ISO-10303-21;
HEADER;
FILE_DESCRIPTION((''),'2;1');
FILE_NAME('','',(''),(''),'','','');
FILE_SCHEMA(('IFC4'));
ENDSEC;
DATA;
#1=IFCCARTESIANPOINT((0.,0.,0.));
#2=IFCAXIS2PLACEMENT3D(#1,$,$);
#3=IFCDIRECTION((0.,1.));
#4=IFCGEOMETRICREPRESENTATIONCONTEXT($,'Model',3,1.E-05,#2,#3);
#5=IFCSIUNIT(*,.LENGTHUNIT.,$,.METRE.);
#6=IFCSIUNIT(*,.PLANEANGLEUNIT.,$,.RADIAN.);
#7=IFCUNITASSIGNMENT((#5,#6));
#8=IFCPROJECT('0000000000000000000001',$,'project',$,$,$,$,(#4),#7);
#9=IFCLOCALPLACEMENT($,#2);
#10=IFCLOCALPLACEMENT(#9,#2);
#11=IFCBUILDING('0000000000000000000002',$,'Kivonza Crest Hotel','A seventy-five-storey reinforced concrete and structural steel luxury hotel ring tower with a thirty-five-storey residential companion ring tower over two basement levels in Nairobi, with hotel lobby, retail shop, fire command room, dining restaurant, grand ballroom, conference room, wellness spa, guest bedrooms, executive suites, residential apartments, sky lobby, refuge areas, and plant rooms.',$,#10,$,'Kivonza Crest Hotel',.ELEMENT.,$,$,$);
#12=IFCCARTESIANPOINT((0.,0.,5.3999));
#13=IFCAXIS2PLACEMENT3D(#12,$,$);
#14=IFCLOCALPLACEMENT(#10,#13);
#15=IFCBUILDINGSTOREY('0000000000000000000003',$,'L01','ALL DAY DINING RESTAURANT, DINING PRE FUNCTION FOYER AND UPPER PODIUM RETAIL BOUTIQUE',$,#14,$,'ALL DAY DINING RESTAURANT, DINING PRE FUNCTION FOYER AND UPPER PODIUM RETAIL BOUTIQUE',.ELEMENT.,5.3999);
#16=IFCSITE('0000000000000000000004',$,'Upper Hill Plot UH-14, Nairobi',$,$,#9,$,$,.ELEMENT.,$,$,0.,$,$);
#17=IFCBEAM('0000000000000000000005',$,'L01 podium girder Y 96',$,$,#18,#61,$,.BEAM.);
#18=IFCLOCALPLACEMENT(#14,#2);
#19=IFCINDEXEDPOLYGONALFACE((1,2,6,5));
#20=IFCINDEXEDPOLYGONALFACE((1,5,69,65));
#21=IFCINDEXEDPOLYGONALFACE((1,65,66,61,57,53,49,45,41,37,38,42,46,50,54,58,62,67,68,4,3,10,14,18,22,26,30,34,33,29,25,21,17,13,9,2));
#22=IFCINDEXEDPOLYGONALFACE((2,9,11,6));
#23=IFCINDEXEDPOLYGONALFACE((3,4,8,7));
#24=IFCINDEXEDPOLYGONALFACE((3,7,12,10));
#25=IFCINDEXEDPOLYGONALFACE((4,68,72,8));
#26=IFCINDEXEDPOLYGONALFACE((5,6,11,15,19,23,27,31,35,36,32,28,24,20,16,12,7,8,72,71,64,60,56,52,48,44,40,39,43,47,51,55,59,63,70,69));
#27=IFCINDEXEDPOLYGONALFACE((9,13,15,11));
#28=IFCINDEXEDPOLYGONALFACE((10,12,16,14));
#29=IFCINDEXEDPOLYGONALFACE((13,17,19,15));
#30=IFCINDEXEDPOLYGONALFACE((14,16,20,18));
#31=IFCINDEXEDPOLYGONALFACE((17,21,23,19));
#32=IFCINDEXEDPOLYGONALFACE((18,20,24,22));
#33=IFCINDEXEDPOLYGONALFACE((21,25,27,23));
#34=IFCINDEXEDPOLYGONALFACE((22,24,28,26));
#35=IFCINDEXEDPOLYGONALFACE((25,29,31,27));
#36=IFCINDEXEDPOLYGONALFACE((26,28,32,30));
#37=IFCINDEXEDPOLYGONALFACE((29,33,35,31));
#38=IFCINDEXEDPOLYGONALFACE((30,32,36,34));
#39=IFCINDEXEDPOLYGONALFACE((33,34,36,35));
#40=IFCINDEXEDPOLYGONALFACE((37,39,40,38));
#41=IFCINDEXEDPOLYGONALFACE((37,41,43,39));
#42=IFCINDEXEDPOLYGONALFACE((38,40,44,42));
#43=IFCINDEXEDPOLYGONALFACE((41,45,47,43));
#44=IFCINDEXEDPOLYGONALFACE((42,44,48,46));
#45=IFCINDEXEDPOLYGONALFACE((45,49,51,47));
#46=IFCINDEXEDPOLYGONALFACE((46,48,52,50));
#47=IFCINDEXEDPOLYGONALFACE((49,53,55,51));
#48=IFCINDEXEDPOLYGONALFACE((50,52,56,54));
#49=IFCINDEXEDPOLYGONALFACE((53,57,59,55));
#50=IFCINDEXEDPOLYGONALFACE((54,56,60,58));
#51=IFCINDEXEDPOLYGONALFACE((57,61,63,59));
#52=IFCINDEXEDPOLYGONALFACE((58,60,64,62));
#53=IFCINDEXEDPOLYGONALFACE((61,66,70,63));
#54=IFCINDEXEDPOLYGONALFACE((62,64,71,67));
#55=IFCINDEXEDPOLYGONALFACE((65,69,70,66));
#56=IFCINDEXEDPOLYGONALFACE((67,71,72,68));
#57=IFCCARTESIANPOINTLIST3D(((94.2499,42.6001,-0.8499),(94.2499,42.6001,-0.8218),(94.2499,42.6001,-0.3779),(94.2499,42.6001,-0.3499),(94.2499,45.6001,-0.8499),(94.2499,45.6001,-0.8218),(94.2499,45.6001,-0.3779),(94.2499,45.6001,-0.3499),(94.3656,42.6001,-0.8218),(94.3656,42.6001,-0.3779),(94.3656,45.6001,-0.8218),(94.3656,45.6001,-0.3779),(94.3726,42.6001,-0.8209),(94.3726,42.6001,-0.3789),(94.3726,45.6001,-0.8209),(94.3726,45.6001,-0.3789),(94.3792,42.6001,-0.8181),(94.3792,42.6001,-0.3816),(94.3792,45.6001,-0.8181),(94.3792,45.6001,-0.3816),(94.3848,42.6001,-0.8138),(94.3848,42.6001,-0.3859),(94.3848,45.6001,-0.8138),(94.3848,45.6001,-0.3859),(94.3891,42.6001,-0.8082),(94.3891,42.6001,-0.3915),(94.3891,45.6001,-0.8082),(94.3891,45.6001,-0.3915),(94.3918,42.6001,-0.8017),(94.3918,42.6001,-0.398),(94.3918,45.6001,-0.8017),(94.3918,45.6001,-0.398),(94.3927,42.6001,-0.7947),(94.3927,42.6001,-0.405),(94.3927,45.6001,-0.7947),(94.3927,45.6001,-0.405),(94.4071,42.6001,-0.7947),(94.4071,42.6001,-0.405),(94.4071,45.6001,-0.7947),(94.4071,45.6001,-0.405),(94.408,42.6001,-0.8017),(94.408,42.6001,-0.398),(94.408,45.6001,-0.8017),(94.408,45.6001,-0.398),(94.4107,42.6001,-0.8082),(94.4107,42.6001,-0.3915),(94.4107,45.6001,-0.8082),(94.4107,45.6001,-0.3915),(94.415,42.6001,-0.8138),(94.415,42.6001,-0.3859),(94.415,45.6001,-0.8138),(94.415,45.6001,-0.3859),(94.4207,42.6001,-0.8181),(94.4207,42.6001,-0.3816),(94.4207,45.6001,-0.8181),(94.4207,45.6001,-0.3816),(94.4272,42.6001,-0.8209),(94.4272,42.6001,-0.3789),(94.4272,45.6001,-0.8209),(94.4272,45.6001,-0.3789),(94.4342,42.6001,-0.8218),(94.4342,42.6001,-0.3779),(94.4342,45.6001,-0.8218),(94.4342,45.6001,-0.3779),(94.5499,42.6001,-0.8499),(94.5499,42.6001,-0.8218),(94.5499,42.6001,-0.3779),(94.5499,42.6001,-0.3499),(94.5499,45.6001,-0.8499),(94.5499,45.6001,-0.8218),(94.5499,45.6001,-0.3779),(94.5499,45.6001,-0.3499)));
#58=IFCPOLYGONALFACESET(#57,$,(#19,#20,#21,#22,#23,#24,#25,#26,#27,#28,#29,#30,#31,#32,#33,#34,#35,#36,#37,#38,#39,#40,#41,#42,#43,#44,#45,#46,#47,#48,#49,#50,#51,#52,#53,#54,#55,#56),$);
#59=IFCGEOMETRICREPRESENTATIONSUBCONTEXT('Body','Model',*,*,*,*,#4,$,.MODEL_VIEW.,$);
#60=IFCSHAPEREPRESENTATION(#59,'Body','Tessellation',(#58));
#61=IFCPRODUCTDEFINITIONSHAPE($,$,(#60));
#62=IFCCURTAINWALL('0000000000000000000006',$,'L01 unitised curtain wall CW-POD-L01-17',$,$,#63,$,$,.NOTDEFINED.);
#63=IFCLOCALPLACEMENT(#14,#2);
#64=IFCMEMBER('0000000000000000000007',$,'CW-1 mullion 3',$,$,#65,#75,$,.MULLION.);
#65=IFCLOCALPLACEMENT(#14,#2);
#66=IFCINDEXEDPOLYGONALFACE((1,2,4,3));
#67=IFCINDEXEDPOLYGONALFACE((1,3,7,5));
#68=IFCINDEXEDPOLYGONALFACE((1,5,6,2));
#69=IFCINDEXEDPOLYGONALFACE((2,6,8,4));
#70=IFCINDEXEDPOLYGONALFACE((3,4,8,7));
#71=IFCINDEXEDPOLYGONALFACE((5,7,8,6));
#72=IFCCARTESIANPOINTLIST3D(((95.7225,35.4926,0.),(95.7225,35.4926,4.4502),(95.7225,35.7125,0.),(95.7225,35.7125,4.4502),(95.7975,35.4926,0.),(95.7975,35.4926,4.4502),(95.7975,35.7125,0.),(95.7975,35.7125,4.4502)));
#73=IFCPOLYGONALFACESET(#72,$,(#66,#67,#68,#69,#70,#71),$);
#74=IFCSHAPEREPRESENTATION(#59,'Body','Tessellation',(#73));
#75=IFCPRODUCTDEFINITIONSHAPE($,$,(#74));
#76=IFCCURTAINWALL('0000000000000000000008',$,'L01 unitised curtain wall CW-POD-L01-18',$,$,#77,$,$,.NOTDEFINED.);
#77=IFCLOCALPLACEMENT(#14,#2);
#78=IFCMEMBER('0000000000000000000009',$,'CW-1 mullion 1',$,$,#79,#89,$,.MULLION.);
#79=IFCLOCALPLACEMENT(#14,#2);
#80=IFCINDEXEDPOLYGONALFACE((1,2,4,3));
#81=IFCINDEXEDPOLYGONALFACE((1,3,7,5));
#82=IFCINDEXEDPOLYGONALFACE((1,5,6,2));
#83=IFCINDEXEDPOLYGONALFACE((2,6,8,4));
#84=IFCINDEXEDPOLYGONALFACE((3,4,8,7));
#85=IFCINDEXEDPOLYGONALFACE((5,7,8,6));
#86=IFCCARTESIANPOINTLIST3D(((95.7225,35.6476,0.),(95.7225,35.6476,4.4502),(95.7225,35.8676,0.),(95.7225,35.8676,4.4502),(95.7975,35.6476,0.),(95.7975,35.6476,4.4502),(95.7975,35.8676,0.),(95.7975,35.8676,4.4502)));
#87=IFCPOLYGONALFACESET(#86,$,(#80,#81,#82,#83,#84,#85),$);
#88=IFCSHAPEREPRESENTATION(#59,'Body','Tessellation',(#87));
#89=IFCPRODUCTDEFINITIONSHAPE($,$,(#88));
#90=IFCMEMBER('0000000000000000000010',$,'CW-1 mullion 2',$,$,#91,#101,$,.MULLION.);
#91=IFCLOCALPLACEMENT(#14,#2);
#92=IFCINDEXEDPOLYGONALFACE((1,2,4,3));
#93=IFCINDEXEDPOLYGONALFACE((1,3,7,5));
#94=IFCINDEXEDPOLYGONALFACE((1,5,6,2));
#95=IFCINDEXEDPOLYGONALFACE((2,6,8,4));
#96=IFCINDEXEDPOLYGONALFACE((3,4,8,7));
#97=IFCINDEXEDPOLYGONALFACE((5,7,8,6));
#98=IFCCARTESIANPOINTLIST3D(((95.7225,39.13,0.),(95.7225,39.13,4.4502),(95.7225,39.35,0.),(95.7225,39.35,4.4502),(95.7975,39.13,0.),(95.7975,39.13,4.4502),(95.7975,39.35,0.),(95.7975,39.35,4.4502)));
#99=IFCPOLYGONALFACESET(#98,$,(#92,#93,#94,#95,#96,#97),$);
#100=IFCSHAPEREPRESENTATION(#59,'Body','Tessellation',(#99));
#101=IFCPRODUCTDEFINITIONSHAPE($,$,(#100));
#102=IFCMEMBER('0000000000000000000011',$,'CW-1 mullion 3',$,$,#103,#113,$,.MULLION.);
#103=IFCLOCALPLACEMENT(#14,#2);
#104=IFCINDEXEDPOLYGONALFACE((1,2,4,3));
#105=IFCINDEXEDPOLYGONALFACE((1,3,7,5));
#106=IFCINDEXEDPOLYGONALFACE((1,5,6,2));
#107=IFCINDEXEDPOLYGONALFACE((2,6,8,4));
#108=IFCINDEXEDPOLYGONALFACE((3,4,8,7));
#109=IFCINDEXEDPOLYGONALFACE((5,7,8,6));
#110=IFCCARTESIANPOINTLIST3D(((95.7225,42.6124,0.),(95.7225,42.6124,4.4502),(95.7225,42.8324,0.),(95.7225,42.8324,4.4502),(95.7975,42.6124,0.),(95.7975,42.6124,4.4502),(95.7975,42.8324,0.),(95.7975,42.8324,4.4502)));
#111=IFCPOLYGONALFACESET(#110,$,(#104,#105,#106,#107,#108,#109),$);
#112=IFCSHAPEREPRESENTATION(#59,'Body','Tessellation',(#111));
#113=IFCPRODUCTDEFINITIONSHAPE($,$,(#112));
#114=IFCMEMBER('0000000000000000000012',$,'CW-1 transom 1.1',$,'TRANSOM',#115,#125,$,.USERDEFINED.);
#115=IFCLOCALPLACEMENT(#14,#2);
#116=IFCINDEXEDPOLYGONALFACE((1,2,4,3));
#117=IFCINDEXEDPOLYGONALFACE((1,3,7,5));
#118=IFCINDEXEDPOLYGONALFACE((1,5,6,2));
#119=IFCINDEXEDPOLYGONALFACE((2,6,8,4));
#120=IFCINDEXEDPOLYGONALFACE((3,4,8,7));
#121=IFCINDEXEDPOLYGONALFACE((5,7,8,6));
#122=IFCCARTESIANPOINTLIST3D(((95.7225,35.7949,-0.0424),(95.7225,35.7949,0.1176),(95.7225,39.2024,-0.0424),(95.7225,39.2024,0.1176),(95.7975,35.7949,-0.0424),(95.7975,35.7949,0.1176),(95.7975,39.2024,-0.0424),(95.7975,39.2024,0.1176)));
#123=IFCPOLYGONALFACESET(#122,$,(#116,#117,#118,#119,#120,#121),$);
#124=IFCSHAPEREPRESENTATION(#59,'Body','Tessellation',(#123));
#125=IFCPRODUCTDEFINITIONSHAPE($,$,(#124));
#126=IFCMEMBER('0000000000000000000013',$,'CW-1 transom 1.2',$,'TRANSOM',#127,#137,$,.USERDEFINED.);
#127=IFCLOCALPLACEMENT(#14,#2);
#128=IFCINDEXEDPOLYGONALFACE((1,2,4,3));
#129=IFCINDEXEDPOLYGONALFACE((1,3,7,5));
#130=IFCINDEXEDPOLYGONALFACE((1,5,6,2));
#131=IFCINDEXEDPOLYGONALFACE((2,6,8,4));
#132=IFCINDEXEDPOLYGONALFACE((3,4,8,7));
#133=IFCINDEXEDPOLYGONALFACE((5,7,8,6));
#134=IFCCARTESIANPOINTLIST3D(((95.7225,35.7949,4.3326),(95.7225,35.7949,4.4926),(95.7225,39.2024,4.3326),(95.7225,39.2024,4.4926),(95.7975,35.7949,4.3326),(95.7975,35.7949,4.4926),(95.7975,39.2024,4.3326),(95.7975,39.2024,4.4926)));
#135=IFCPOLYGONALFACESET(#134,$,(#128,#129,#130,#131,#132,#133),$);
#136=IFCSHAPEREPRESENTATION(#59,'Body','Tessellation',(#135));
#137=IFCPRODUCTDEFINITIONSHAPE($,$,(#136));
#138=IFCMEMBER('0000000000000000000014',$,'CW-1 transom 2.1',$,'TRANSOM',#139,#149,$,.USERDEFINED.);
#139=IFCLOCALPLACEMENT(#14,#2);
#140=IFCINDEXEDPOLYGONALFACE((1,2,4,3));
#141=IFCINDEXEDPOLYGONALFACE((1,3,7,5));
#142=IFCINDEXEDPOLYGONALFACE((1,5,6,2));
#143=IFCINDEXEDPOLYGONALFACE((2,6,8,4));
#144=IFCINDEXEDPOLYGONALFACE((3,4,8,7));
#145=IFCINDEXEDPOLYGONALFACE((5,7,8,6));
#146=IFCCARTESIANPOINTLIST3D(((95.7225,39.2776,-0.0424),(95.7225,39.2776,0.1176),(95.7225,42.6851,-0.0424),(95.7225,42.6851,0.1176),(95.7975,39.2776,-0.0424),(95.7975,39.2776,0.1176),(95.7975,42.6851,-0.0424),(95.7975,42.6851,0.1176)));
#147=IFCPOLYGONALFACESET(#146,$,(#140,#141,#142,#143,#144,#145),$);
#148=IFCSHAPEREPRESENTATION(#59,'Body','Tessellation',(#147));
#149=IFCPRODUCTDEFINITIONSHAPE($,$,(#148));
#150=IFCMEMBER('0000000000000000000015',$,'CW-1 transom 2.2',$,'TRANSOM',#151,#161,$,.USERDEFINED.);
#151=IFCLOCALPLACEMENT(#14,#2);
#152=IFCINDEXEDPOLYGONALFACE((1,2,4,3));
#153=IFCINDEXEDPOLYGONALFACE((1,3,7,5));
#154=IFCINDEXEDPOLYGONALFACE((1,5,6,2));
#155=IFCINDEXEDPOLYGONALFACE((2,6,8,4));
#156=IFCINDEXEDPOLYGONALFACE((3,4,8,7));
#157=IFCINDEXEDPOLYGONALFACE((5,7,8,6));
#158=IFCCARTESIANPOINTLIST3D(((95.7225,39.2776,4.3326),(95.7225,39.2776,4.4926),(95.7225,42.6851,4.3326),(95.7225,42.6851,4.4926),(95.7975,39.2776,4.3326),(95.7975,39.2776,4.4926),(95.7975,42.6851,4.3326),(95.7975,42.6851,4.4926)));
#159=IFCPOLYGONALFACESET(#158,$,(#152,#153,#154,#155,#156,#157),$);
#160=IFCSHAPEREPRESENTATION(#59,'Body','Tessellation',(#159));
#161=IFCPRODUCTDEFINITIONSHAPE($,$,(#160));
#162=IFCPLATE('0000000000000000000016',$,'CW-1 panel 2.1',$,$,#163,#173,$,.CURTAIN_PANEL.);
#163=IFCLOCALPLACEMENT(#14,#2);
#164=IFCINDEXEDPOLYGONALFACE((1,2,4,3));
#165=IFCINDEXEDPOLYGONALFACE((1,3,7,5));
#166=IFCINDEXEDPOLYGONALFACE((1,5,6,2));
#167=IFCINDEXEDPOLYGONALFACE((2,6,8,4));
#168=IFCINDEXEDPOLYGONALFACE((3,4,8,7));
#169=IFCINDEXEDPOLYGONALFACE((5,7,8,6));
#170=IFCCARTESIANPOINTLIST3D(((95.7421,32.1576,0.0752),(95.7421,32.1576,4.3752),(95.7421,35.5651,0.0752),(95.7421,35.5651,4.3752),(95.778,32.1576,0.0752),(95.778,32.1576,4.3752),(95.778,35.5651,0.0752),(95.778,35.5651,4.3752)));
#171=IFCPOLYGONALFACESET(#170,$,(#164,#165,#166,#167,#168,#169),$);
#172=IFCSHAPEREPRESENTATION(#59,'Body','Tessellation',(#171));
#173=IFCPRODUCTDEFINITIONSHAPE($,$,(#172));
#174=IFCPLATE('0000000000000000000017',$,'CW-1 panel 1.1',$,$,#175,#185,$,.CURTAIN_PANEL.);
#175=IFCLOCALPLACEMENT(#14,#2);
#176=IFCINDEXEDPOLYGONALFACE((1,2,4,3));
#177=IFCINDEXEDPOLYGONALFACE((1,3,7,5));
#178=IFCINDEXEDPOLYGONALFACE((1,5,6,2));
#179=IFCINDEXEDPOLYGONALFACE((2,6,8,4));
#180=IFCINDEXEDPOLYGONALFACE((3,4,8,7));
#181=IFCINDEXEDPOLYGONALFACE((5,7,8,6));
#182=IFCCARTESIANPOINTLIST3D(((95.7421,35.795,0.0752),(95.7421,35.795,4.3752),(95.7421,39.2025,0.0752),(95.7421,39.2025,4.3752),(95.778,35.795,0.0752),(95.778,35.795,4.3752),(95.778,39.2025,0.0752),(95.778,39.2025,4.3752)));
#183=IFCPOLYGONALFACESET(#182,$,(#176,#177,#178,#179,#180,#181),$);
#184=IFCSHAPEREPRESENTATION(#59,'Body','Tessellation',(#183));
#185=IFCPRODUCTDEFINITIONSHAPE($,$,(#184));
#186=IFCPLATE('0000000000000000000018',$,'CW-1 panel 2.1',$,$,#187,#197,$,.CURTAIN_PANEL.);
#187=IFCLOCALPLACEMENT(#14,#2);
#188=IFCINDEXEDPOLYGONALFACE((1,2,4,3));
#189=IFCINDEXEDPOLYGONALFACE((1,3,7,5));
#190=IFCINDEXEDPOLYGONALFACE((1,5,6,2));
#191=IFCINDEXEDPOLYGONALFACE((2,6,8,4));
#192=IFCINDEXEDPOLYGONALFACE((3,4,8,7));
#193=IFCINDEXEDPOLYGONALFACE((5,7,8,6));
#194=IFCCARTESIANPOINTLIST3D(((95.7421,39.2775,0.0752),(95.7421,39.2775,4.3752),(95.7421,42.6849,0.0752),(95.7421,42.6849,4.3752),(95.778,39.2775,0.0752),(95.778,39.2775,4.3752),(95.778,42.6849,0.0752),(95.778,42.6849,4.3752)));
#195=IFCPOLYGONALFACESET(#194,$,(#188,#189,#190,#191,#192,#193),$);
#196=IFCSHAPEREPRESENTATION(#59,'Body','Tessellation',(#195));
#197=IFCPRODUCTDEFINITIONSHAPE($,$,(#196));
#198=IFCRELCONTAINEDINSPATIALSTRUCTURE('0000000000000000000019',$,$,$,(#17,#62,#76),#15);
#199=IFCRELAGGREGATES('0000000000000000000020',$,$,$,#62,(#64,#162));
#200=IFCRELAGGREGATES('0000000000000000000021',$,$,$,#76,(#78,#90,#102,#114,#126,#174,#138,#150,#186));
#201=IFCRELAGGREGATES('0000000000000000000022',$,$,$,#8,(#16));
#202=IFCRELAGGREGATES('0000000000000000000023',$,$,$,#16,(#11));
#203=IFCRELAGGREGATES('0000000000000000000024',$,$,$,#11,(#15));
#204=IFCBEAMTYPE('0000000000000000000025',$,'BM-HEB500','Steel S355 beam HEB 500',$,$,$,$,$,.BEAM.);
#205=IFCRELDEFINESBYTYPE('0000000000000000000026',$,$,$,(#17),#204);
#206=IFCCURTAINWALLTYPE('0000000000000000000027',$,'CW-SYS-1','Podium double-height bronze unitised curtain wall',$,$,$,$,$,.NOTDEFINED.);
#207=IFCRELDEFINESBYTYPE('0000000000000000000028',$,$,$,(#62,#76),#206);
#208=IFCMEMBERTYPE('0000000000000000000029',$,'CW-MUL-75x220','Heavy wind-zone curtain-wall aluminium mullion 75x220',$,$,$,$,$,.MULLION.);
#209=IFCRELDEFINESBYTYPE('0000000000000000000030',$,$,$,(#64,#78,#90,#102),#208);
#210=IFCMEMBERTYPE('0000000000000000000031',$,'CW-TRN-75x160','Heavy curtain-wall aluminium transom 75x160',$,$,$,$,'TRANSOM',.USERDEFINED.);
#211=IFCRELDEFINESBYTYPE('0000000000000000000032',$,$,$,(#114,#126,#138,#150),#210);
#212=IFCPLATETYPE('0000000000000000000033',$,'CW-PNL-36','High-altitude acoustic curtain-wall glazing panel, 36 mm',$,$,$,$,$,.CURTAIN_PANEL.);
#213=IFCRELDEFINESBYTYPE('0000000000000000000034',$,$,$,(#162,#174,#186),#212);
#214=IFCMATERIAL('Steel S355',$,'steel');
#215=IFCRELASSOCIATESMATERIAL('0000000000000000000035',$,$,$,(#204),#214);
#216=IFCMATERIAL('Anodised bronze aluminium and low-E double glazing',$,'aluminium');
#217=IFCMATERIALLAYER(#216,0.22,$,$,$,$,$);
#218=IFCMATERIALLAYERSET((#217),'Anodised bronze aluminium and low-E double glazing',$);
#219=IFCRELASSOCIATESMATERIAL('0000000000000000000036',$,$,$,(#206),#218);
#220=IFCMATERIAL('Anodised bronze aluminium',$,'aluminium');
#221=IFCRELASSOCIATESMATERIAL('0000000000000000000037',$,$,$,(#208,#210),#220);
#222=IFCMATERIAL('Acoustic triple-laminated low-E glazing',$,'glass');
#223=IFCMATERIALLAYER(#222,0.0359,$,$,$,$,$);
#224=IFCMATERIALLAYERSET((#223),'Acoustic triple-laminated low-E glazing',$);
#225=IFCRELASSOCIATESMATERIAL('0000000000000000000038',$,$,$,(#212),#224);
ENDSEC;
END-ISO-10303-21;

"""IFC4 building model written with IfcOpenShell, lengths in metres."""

from ifc_helpers import new_model, si_unit, direction, frame, origin, origin_2d, place, context, subcontext, project, spatial, rectangle, i_section, extrude, material, layer, layer_set, material_profile, profile_set, type_object, element, aggregate, save


model = new_model("IFC4")

# Units and contexts
model_context = context("Model", 3, precision=1e-05, world=origin(), true_north=direction((0.0, 1.0)))
body_context = subcontext(model_context, "Body", "Model", "MODEL_VIEW")
ifc_project = project(units=[si_unit("LENGTHUNIT", "METRE"), si_unit("PLANEANGLEUNIT", "RADIAN")], contexts=[model_context])

# Site, building, storey
site_placement = place(None, origin())
site = spatial("IfcSite", under=ifc_project, at=site_placement, Name="Upper Hill Plot UH-14, Nairobi", CompositionType="ELEMENT", RefElevation=0.0)
building_placement = place(site_placement, origin())
building = spatial("IfcBuilding", under=site, at=building_placement, Name="Kivonza Crest Hotel", Description="A seventy-five-storey reinforced concrete and structural steel luxury hotel ring tower with a thirty-five-storey residential companion ring tower over two basement levels in Nairobi, with hotel lobby, retail shop, fire command room, dining restaurant, grand ballroom, conference room, wellness spa, guest bedrooms, executive suites, residential apartments, sky lobby, refuge areas, and plant rooms.", LongName="Kivonza Crest Hotel", CompositionType="ELEMENT")
storey_placement = place(building_placement, frame((0.0, 0.0, 5.3999)))
storey = spatial("IfcBuildingStorey", under=building, at=storey_placement, Name="L01", Description="ALL DAY DINING RESTAURANT, DINING PRE FUNCTION FOYER AND UPPER PODIUM RETAIL BOUTIQUE", LongName="ALL DAY DINING RESTAURANT, DINING PRE FUNCTION FOYER AND UPPER PODIUM RETAIL BOUTIQUE", CompositionType="ELEMENT", Elevation=5.3999)

# Beam
ifc_material_1 = material(Name="Steel S355", Category="steel")
ifc_material_profile_1 = material_profile(ifc_material_1, i_section(OverallWidth=0.3, OverallDepth=0.5, WebThickness=0.0144, FlangeThickness=0.0281, FilletRadius=0.0271, at=origin_2d()), Name="HEB 500")
ifc_profile_set_1 = profile_set([ifc_material_profile_1], Name="Steel S355")
beam_type_1 = type_object("IfcBeamType", Name="BM-HEB500", Description="Steel S355 beam HEB 500", PredefinedType="BEAM", material=ifc_profile_set_1)
beam_1_placement = place(storey_placement, frame((94.3999, 42.6001, -0.5999), z_axis=(0.0, 1.0, 0.0), x_axis=(-1.0, 0.0, 0.0)))
element("IfcBeam", 1, at=beam_1_placement, inside=storey, type_object=beam_type_1, Name="L01 podium girder Y 96", PredefinedType="BEAM", context=body_context, shape_type="SweptSolid", body=[
    extrude(i_section(OverallWidth=0.3, OverallDepth=0.5, WebThickness=0.0144, FlangeThickness=0.0281, FilletRadius=0.0271, at=origin_2d()), origin(), (0.0, 0.0, 1.0), 3.0),
])

# Curtain wall, member
ifc_material_2 = material(Name="Anodised bronze aluminium and low-E double glazing", Category="aluminium")
ifc_layer_1 = layer(ifc_material_2, 0.22)
ifc_layer_set_1 = layer_set([ifc_layer_1], Name="Anodised bronze aluminium and low-E double glazing")
curtain_wall_type = type_object("IfcCurtainWallType", Name="CW-SYS-1", Description="Podium double-height bronze unitised curtain wall", PredefinedType="NOTDEFINED", material=ifc_layer_set_1)
curtain_wall_1_placement = place(storey_placement, origin())
curtain_wall_1 = element("IfcCurtainWall", 2, at=curtain_wall_1_placement, inside=storey, type_object=curtain_wall_type, Name="L01 unitised curtain wall CW-POD-L01-17", PredefinedType="NOTDEFINED")
ifc_material_3 = material(Name="Anodised bronze aluminium", Category="aluminium")
ifc_material_profile_2 = material_profile(ifc_material_3, rectangle(XDim=0.075, YDim=0.22, at=origin_2d()), Name="CW-M 75x220")
ifc_profile_set_2 = profile_set([ifc_material_profile_2], Name="Anodised bronze aluminium")
member_type_1 = type_object("IfcMemberType", Name="CW-MUL-75x220", Description="Heavy wind-zone curtain-wall aluminium mullion 75x220", PredefinedType="MULLION", material=ifc_profile_set_2)
member_1_placement = place(storey_placement, frame((95.76, 35.6025, 0.0), z_axis=(0.0, 0.0, 1.0), x_axis=(-1.0, 0.0, 0.0)))
member_1 = element("IfcMember", 3, at=member_1_placement, type_object=member_type_1, Name="CW-1 mullion 3", PredefinedType="MULLION", context=body_context, shape_type="SweptSolid", body=[
    extrude(rectangle(XDim=0.075, YDim=0.22, at=origin_2d()), origin(), (0.0, 0.0, 1.0), 4.4502),
])

# Curtain wall, members
curtain_wall_2_placement = place(storey_placement, origin())
curtain_wall_2 = element("IfcCurtainWall", 4, at=curtain_wall_2_placement, inside=storey, type_object=curtain_wall_type, Name="L01 unitised curtain wall CW-POD-L01-18", PredefinedType="NOTDEFINED")
member_2_placement = place(storey_placement, frame((95.76, 35.7576, 0.0), z_axis=(0.0, 0.0, 1.0), x_axis=(-1.0, 0.0, 0.0)))
member_2 = element("IfcMember", 5, at=member_2_placement, type_object=member_type_1, Name="CW-1 mullion 1", PredefinedType="MULLION", context=body_context, shape_type="SweptSolid", body=[
    extrude(rectangle(XDim=0.075, YDim=0.22, at=origin_2d()), origin(), (0.0, 0.0, 1.0), 4.4502),
])
member_3_placement = place(storey_placement, frame((95.76, 39.24, 0.0), z_axis=(0.0, 0.0, 1.0), x_axis=(-1.0, 0.0, 0.0)))
member_3 = element("IfcMember", 6, at=member_3_placement, type_object=member_type_1, Name="CW-1 mullion 2", PredefinedType="MULLION", context=body_context, shape_type="SweptSolid", body=[
    extrude(rectangle(XDim=0.075, YDim=0.22, at=origin_2d()), origin(), (0.0, 0.0, 1.0), 4.4502),
])
member_4_placement = place(storey_placement, frame((95.76, 42.7224, 0.0), z_axis=(0.0, 0.0, 1.0), x_axis=(-1.0, 0.0, 0.0)))
member_4 = element("IfcMember", 7, at=member_4_placement, type_object=member_type_1, Name="CW-1 mullion 3", PredefinedType="MULLION", context=body_context, shape_type="SweptSolid", body=[
    extrude(rectangle(XDim=0.075, YDim=0.22, at=origin_2d()), origin(), (0.0, 0.0, 1.0), 4.4502),
])
ifc_material_profile_3 = material_profile(ifc_material_3, rectangle(XDim=0.075, YDim=0.1599, at=origin_2d()), Name="CW-T 75x160")
ifc_profile_set_3 = profile_set([ifc_material_profile_3], Name="Anodised bronze aluminium")
member_type_2 = type_object("IfcMemberType", Name="CW-TRN-75x160", Description="Heavy curtain-wall aluminium transom 75x160", ElementType="TRANSOM", PredefinedType="USERDEFINED", material=ifc_profile_set_3)
member_5_placement = place(storey_placement, frame((95.76, 35.7949, 0.0376), z_axis=(0.0, 1.0, 0.0), x_axis=(-1.0, 0.0, 0.0)))
member_5 = element("IfcMember", 8, at=member_5_placement, type_object=member_type_2, Name="CW-1 transom 1.1", ObjectType="TRANSOM", PredefinedType="USERDEFINED", context=body_context, shape_type="SweptSolid", body=[
    extrude(rectangle(XDim=0.075, YDim=0.1599, at=origin_2d()), origin(), (0.0, 0.0, 1.0), 3.4075),
])
member_6_placement = place(storey_placement, frame((95.76, 35.7949, 4.4126), z_axis=(0.0, 1.0, 0.0), x_axis=(-1.0, 0.0, 0.0)))
member_6 = element("IfcMember", 9, at=member_6_placement, type_object=member_type_2, Name="CW-1 transom 1.2", ObjectType="TRANSOM", PredefinedType="USERDEFINED", context=body_context, shape_type="SweptSolid", body=[
    extrude(rectangle(XDim=0.075, YDim=0.1599, at=origin_2d()), origin(), (0.0, 0.0, 1.0), 3.4075),
])
member_7_placement = place(storey_placement, frame((95.76, 39.2776, 0.0376), z_axis=(0.0, 1.0, 0.0), x_axis=(-1.0, 0.0, 0.0)))
member_7 = element("IfcMember", 10, at=member_7_placement, type_object=member_type_2, Name="CW-1 transom 2.1", ObjectType="TRANSOM", PredefinedType="USERDEFINED", context=body_context, shape_type="SweptSolid", body=[
    extrude(rectangle(XDim=0.075, YDim=0.1599, at=origin_2d()), origin(), (0.0, 0.0, 1.0), 3.4075),
])
member_8_placement = place(storey_placement, frame((95.76, 39.2776, 4.4126), z_axis=(0.0, 1.0, 0.0), x_axis=(-1.0, 0.0, 0.0)))
member_8 = element("IfcMember", 11, at=member_8_placement, type_object=member_type_2, Name="CW-1 transom 2.2", ObjectType="TRANSOM", PredefinedType="USERDEFINED", context=body_context, shape_type="SweptSolid", body=[
    extrude(rectangle(XDim=0.075, YDim=0.1599, at=origin_2d()), origin(), (0.0, 0.0, 1.0), 3.4075),
])

# Plates
ifc_material_4 = material(Name="Acoustic triple-laminated low-E glazing", Category="glass")
ifc_layer_2 = layer(ifc_material_4, 0.0359)
ifc_layer_set_2 = layer_set([ifc_layer_2], Name="Acoustic triple-laminated low-E glazing")
plate_type = type_object("IfcPlateType", Name="CW-PNL-36", Description="High-altitude acoustic curtain-wall glazing panel, 36 mm", PredefinedType="CURTAIN_PANEL", material=ifc_layer_set_2)
plate_1_placement = place(storey_placement, frame((95.76, 33.8613, 0.0752), z_axis=(0.0, 0.0, 1.0), x_axis=(0.0, 1.0, 0.0)))
plate_1 = element("IfcPlate", 12, at=plate_1_placement, type_object=plate_type, Name="CW-1 panel 2.1", PredefinedType="CURTAIN_PANEL", context=body_context, shape_type="SweptSolid", body=[
    extrude(rectangle(XDim=3.4075, YDim=0.0359, at=origin_2d()), origin(), (0.0, 0.0, 1.0), 4.3),
])
aggregate(curtain_wall_1, [member_1, plate_1])
plate_2_placement = place(storey_placement, frame((95.76, 37.4988, 0.0752), z_axis=(0.0, 0.0, 1.0), x_axis=(0.0, 1.0, 0.0)))
plate_2 = element("IfcPlate", 13, at=plate_2_placement, type_object=plate_type, Name="CW-1 panel 1.1", PredefinedType="CURTAIN_PANEL", context=body_context, shape_type="SweptSolid", body=[
    extrude(rectangle(XDim=3.4075, YDim=0.0359, at=origin_2d()), origin(), (0.0, 0.0, 1.0), 4.3),
])
plate_3_placement = place(storey_placement, frame((95.76, 40.9812, 0.0752), z_axis=(0.0, 0.0, 1.0), x_axis=(0.0, 1.0, 0.0)))
plate_3 = element("IfcPlate", 14, at=plate_3_placement, type_object=plate_type, Name="CW-1 panel 2.1", PredefinedType="CURTAIN_PANEL", context=body_context, shape_type="SweptSolid", body=[
    extrude(rectangle(XDim=3.4075, YDim=0.0359, at=origin_2d()), origin(), (0.0, 0.0, 1.0), 4.3),
])
aggregate(curtain_wall_2, [member_2, member_3, member_4, member_5, member_6, plate_2, member_7, member_8, plate_3])

save(model, "model.ifc")
